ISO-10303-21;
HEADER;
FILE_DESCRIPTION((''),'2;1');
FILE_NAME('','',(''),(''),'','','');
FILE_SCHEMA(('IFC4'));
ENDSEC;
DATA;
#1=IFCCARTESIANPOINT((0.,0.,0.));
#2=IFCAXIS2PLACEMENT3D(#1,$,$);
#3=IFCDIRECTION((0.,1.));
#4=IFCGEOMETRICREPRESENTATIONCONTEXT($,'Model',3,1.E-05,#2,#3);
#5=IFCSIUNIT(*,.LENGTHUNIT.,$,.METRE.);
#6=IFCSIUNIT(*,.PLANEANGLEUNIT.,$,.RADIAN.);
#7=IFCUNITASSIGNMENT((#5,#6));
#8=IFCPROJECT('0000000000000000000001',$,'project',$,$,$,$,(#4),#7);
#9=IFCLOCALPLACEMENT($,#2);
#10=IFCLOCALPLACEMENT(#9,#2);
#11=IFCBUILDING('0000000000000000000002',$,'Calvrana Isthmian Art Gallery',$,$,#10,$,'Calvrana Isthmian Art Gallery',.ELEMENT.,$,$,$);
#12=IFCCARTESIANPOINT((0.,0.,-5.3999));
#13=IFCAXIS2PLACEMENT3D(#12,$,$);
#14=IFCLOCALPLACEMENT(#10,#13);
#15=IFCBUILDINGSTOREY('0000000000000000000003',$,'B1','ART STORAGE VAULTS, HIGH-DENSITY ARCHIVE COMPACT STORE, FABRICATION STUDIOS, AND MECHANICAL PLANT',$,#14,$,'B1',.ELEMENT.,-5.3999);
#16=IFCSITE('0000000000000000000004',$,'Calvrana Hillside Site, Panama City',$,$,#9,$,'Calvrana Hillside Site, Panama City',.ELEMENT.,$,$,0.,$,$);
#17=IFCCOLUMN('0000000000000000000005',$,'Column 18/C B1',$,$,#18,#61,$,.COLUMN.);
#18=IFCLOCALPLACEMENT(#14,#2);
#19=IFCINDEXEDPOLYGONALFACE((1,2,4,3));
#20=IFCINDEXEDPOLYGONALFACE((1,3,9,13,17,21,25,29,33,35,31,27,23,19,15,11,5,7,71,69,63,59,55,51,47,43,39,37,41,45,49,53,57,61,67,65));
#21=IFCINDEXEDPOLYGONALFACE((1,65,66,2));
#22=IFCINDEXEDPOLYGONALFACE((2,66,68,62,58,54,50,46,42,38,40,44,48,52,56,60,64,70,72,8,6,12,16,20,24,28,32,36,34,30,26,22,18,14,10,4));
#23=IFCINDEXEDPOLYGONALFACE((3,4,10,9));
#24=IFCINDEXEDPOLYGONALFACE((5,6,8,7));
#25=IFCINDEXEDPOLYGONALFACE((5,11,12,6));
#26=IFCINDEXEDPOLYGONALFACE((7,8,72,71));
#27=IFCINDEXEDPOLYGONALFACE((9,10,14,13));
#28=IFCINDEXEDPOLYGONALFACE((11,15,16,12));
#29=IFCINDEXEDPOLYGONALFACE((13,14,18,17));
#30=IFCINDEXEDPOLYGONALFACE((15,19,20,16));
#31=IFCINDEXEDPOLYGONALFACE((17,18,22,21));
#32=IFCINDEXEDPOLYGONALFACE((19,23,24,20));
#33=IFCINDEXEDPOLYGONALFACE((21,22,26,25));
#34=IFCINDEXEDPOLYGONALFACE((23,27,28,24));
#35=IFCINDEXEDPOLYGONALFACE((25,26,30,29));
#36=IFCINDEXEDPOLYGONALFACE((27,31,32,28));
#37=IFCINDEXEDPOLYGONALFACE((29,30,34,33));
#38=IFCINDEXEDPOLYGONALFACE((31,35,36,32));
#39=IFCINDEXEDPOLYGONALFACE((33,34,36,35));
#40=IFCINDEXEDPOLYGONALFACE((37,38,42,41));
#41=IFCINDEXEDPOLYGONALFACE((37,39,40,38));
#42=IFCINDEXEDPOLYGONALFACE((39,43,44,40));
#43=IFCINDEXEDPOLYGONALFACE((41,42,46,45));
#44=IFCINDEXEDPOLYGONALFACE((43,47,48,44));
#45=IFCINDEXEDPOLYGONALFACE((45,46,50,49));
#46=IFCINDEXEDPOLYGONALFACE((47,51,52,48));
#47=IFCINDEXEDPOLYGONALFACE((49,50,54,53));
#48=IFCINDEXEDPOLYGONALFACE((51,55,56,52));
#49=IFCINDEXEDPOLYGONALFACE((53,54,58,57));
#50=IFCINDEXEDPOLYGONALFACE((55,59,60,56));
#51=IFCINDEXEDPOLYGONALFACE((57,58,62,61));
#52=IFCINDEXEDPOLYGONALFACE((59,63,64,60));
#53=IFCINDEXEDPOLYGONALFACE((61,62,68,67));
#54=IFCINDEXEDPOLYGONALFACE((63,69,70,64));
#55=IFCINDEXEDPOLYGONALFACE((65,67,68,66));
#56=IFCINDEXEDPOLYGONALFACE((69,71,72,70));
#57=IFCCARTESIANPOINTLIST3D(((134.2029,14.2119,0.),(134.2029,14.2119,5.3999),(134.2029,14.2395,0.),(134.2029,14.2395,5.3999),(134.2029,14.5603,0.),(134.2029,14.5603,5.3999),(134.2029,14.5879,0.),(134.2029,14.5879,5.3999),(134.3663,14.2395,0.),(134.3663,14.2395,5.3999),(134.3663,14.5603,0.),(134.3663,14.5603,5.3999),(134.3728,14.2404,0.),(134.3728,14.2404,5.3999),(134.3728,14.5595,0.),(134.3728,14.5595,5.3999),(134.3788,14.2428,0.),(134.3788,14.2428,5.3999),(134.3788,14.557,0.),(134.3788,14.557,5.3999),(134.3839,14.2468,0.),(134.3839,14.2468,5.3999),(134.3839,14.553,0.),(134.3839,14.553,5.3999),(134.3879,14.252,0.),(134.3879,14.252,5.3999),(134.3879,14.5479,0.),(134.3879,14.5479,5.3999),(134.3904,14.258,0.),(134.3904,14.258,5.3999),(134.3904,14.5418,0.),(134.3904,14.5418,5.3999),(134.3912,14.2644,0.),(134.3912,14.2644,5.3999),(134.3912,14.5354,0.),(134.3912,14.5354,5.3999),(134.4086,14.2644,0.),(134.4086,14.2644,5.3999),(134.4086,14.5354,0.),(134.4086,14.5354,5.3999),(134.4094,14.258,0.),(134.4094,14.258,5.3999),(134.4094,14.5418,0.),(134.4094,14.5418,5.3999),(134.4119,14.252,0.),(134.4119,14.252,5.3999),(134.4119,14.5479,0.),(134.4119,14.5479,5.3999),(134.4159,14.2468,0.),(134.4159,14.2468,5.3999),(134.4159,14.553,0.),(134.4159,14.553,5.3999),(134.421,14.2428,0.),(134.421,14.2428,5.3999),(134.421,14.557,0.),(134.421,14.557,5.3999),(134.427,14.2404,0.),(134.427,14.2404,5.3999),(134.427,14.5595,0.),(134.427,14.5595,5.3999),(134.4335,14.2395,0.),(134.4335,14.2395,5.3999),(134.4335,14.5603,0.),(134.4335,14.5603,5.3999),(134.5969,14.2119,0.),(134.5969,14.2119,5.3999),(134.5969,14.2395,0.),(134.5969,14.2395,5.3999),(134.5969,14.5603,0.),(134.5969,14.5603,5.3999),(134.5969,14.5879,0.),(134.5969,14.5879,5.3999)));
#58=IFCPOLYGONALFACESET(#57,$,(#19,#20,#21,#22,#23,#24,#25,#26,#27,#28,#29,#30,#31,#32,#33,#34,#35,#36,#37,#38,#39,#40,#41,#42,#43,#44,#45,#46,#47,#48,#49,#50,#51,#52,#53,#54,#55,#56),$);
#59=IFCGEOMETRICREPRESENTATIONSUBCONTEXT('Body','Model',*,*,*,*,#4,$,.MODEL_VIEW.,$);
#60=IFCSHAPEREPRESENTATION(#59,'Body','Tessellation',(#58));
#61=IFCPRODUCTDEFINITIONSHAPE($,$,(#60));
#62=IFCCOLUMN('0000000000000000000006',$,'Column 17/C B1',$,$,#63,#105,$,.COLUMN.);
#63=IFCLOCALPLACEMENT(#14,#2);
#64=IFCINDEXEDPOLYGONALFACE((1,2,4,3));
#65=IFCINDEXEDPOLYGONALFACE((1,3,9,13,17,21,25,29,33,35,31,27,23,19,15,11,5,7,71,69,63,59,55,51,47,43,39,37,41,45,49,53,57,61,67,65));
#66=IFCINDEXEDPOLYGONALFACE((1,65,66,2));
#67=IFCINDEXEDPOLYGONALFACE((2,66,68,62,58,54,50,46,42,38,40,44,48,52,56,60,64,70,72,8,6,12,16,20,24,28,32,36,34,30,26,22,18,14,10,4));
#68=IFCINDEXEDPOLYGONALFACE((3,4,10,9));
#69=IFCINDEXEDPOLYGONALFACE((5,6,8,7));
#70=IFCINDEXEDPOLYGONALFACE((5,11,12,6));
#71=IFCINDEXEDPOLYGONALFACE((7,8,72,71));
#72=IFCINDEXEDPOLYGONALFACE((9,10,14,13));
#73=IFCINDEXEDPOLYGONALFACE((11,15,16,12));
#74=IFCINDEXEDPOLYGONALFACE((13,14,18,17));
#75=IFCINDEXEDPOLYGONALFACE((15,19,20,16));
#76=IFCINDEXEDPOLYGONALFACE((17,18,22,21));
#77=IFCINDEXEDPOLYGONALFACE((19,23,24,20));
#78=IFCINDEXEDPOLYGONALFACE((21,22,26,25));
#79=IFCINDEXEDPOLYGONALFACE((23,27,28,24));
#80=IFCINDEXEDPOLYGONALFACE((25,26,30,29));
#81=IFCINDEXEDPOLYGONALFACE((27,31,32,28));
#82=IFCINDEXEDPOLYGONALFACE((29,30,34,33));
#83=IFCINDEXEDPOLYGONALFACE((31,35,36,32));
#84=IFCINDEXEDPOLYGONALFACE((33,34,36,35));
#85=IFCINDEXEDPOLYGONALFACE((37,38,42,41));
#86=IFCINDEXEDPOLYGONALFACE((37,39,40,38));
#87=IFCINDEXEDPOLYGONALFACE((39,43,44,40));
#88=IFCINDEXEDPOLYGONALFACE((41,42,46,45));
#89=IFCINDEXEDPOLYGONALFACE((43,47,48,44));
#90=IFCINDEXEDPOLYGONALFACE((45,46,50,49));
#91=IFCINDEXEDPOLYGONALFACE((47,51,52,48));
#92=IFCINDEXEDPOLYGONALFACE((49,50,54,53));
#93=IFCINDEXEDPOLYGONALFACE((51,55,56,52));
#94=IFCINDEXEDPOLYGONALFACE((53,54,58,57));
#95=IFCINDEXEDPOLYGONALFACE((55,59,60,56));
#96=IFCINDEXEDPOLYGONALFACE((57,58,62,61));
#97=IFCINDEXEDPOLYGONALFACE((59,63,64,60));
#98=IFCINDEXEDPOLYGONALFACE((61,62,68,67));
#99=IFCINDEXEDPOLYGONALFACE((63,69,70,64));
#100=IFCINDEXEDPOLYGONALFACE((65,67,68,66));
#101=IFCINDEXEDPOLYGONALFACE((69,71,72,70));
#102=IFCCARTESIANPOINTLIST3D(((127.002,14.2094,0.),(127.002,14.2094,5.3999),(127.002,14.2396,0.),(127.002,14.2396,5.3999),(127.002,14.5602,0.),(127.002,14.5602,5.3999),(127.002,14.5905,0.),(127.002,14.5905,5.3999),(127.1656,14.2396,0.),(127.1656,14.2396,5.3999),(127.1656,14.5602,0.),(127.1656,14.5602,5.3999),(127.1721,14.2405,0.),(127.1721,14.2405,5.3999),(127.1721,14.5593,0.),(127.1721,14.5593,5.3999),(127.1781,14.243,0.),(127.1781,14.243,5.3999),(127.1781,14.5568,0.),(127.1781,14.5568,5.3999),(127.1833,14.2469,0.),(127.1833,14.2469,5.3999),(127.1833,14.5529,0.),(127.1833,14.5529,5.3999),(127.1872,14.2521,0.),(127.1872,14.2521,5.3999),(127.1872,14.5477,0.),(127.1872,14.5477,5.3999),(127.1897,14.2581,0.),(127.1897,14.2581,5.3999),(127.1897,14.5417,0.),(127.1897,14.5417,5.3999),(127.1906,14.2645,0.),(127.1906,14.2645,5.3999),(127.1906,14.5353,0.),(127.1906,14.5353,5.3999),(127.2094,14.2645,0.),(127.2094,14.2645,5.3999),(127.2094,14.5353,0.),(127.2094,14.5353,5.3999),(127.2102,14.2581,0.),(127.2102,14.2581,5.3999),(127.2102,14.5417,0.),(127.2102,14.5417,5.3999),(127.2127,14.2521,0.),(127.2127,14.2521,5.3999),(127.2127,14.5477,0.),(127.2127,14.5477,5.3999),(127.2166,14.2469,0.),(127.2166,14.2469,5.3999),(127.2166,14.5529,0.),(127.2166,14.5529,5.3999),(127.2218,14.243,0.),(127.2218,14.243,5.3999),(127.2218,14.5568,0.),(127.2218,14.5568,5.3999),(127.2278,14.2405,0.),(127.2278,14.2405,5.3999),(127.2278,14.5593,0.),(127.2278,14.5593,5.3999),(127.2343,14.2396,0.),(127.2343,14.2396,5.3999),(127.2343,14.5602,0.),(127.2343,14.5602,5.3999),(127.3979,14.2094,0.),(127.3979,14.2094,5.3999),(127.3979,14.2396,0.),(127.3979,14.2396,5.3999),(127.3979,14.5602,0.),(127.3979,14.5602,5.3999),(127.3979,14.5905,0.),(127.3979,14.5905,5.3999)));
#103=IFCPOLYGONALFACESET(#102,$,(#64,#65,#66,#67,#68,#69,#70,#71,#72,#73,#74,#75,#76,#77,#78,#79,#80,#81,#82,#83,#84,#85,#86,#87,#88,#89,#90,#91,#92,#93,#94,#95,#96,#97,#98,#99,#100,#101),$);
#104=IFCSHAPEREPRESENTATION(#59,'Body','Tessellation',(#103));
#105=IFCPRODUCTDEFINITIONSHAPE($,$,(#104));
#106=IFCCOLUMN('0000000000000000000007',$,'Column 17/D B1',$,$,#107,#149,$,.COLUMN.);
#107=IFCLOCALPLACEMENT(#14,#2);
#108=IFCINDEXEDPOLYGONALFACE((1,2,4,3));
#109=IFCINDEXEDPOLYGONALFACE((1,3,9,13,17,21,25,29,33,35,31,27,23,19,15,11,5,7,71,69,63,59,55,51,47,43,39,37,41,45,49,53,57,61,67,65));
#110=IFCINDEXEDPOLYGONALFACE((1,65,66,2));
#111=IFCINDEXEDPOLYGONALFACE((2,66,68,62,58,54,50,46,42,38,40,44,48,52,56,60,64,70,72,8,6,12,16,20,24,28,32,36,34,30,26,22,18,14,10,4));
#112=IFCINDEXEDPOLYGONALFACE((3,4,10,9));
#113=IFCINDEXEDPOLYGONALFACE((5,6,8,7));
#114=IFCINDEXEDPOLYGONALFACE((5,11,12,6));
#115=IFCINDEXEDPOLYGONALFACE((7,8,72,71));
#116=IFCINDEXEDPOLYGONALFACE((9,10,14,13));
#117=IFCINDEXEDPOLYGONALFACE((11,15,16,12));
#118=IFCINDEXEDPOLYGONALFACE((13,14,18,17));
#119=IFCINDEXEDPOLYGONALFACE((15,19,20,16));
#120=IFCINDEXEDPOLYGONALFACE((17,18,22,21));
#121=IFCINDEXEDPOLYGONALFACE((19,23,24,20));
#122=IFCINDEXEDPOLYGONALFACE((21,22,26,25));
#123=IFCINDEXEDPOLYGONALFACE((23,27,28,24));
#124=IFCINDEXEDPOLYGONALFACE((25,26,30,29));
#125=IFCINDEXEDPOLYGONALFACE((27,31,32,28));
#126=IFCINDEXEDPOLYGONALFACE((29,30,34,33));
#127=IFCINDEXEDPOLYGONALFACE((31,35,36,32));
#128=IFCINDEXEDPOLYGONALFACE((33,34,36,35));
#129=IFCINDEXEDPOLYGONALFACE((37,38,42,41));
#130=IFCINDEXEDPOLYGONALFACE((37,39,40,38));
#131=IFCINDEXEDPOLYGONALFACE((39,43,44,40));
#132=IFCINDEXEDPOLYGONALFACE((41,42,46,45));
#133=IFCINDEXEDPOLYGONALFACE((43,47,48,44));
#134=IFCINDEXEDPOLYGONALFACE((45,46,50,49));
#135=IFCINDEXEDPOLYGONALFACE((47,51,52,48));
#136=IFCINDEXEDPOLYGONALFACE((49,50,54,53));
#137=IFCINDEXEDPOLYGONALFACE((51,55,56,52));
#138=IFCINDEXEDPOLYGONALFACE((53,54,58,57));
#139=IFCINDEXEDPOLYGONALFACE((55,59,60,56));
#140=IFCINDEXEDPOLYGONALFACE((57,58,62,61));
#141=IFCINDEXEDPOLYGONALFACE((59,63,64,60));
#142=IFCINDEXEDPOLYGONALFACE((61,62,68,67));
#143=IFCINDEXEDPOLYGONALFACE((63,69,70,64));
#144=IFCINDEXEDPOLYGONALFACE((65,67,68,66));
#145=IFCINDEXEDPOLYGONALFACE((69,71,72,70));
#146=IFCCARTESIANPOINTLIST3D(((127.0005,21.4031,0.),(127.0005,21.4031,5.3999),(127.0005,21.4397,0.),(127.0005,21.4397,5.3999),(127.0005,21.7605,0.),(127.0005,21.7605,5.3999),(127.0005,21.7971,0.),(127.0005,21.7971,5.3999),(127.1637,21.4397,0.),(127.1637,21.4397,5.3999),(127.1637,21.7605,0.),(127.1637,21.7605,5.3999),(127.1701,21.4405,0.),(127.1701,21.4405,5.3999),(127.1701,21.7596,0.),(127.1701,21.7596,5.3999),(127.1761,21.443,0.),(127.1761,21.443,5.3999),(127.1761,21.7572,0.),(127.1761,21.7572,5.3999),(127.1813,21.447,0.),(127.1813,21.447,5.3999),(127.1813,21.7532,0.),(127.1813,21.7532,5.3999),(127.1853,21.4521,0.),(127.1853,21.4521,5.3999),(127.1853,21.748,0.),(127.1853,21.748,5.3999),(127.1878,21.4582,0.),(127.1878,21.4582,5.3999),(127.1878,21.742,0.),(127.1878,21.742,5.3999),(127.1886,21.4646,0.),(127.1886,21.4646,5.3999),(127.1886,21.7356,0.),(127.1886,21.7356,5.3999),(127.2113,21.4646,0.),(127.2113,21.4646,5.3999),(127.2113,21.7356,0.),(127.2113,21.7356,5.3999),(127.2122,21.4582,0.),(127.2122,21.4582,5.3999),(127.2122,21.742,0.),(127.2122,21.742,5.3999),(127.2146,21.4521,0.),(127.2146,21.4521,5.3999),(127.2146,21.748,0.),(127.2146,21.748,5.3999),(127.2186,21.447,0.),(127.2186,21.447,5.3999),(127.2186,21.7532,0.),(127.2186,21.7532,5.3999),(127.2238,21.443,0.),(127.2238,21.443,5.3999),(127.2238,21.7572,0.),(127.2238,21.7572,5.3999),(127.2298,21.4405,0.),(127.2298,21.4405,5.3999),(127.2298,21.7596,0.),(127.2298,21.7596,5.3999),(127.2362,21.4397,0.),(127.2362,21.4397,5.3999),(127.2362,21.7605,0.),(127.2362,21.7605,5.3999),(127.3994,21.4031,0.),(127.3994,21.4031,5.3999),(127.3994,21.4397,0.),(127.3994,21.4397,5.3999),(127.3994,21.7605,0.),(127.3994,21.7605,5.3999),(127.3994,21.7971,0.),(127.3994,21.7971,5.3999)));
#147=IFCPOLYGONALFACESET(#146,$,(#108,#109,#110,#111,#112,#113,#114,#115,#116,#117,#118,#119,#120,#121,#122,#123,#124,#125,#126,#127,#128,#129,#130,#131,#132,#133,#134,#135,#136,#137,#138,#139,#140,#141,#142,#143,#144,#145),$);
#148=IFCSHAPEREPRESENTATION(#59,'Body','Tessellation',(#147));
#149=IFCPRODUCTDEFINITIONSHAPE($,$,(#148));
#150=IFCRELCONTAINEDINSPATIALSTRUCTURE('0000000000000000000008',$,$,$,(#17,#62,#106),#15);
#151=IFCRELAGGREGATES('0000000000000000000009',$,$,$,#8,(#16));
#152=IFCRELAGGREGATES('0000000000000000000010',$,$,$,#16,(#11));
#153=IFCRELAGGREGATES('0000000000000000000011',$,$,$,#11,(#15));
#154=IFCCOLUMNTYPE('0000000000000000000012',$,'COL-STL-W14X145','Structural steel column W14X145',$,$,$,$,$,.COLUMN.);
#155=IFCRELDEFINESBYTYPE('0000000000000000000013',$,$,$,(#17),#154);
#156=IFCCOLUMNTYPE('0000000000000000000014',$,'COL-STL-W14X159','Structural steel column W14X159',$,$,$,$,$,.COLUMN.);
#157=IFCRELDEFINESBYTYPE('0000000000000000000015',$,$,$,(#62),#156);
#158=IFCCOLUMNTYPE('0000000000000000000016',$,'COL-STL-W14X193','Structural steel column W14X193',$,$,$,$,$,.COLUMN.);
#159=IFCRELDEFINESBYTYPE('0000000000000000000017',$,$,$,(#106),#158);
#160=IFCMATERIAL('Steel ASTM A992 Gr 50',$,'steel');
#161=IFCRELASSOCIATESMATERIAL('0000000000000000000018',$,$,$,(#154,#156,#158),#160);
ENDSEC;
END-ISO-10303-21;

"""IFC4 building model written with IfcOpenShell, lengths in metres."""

from ifc_helpers import new_model, si_unit, direction, frame, origin, origin_2d, place, context, subcontext, project, spatial, i_section, extrude, material, material_profile, profile_set, type_object, element, save


model = new_model("IFC4")

# Units and contexts
model_context = context("Model", 3, precision=1e-05, world=origin(), true_north=direction((0.0, 1.0)))
body_context = subcontext(model_context, "Body", "Model", "MODEL_VIEW")
ifc_project = project(units=[si_unit("LENGTHUNIT", "METRE"), si_unit("PLANEANGLEUNIT", "RADIAN")], contexts=[model_context])

# Site, building, storey
site_placement = place(None, origin())
site = spatial("IfcSite", under=ifc_project, at=site_placement, Name="Calvrana Hillside Site, Panama City", LongName="Calvrana Hillside Site, Panama City", CompositionType="ELEMENT", RefElevation=0.0)
building_placement = place(site_placement, origin())
building = spatial("IfcBuilding", under=site, at=building_placement, Name="Calvrana Isthmian Art Gallery", LongName="Calvrana Isthmian Art Gallery", CompositionType="ELEMENT")
storey_placement = place(building_placement, frame((0.0, 0.0, -5.3999)))
storey = spatial("IfcBuildingStorey", under=building, at=storey_placement, Name="B1", Description="ART STORAGE VAULTS, HIGH-DENSITY ARCHIVE COMPACT STORE, FABRICATION STUDIOS, AND MECHANICAL PLANT", LongName="B1", CompositionType="ELEMENT", Elevation=-5.3999)

# Columns
ifc_material_1 = material(Name="Steel ASTM A992 Gr 50", Category="steel")
ifc_material_profile_1 = material_profile(ifc_material_1, i_section(OverallWidth=0.394, OverallDepth=0.376, WebThickness=0.0173, FlangeThickness=0.0276, FilletRadius=0.0249, at=origin_2d()), Name="W14X145")
ifc_profile_set_1 = profile_set([ifc_material_profile_1], Name="Steel ASTM A992 Gr 50")
column_type_1 = type_object("IfcColumnType", Name="COL-STL-W14X145", Description="Structural steel column W14X145", PredefinedType="COLUMN", material=ifc_profile_set_1)
column_1_placement = place(storey_placement, frame((134.3999, 14.3999, 0.0), z_axis=(0.0, 0.0, 1.0), x_axis=(1.0, 0.0, 0.0)))
element("IfcColumn", 1, at=column_1_placement, inside=storey, type_object=column_type_1, Name="Column 18/C B1", PredefinedType="COLUMN", context=body_context, shape_type="SweptSolid", body=[
    extrude(i_section(OverallWidth=0.394, OverallDepth=0.376, WebThickness=0.0173, FlangeThickness=0.0276, FilletRadius=0.0249, at=origin_2d()), origin(), (0.0, 0.0, 1.0), 5.3999),
])
ifc_material_profile_2 = material_profile(ifc_material_1, i_section(OverallWidth=0.396, OverallDepth=0.3811, WebThickness=0.0188, FlangeThickness=0.0303, FilletRadius=0.0249, at=origin_2d()), Name="W14X159")
ifc_profile_set_2 = profile_set([ifc_material_profile_2], Name="Steel ASTM A992 Gr 50")
column_type_2 = type_object("IfcColumnType", Name="COL-STL-W14X159", Description="Structural steel column W14X159", PredefinedType="COLUMN", material=ifc_profile_set_2)
column_2_placement = place(storey_placement, frame((127.2, 14.3999, 0.0), z_axis=(0.0, 0.0, 1.0), x_axis=(1.0, 0.0, 0.0)))
element("IfcColumn", 2, at=column_2_placement, inside=storey, type_object=column_type_2, Name="Column 17/C B1", PredefinedType="COLUMN", context=body_context, shape_type="SweptSolid", body=[
    extrude(i_section(OverallWidth=0.396, OverallDepth=0.3811, WebThickness=0.0188, FlangeThickness=0.0303, FilletRadius=0.0249, at=origin_2d()), origin(), (0.0, 0.0, 1.0), 5.3999),
])
ifc_material_profile_3 = material_profile(ifc_material_1, i_section(OverallWidth=0.3989, OverallDepth=0.394, WebThickness=0.0227, FlangeThickness=0.0366, FilletRadius=0.0249, at=origin_2d()), Name="W14X193")
ifc_profile_set_3 = profile_set([ifc_material_profile_3], Name="Steel ASTM A992 Gr 50")
column_type_3 = type_object("IfcColumnType", Name="COL-STL-W14X193", Description="Structural steel column W14X193", PredefinedType="COLUMN", material=ifc_profile_set_3)
column_3_placement = place(storey_placement, frame((127.2, 21.6001, 0.0), z_axis=(0.0, 0.0, 1.0), x_axis=(1.0, 0.0, 0.0)))
element("IfcColumn", 3, at=column_3_placement, inside=storey, type_object=column_type_3, Name="Column 17/D B1", PredefinedType="COLUMN", context=body_context, shape_type="SweptSolid", body=[
    extrude(i_section(OverallWidth=0.3989, OverallDepth=0.394, WebThickness=0.0227, FlangeThickness=0.0366, FilletRadius=0.0249, at=origin_2d()), origin(), (0.0, 0.0, 1.0), 5.3999),
])

save(model, "model.ifc")
